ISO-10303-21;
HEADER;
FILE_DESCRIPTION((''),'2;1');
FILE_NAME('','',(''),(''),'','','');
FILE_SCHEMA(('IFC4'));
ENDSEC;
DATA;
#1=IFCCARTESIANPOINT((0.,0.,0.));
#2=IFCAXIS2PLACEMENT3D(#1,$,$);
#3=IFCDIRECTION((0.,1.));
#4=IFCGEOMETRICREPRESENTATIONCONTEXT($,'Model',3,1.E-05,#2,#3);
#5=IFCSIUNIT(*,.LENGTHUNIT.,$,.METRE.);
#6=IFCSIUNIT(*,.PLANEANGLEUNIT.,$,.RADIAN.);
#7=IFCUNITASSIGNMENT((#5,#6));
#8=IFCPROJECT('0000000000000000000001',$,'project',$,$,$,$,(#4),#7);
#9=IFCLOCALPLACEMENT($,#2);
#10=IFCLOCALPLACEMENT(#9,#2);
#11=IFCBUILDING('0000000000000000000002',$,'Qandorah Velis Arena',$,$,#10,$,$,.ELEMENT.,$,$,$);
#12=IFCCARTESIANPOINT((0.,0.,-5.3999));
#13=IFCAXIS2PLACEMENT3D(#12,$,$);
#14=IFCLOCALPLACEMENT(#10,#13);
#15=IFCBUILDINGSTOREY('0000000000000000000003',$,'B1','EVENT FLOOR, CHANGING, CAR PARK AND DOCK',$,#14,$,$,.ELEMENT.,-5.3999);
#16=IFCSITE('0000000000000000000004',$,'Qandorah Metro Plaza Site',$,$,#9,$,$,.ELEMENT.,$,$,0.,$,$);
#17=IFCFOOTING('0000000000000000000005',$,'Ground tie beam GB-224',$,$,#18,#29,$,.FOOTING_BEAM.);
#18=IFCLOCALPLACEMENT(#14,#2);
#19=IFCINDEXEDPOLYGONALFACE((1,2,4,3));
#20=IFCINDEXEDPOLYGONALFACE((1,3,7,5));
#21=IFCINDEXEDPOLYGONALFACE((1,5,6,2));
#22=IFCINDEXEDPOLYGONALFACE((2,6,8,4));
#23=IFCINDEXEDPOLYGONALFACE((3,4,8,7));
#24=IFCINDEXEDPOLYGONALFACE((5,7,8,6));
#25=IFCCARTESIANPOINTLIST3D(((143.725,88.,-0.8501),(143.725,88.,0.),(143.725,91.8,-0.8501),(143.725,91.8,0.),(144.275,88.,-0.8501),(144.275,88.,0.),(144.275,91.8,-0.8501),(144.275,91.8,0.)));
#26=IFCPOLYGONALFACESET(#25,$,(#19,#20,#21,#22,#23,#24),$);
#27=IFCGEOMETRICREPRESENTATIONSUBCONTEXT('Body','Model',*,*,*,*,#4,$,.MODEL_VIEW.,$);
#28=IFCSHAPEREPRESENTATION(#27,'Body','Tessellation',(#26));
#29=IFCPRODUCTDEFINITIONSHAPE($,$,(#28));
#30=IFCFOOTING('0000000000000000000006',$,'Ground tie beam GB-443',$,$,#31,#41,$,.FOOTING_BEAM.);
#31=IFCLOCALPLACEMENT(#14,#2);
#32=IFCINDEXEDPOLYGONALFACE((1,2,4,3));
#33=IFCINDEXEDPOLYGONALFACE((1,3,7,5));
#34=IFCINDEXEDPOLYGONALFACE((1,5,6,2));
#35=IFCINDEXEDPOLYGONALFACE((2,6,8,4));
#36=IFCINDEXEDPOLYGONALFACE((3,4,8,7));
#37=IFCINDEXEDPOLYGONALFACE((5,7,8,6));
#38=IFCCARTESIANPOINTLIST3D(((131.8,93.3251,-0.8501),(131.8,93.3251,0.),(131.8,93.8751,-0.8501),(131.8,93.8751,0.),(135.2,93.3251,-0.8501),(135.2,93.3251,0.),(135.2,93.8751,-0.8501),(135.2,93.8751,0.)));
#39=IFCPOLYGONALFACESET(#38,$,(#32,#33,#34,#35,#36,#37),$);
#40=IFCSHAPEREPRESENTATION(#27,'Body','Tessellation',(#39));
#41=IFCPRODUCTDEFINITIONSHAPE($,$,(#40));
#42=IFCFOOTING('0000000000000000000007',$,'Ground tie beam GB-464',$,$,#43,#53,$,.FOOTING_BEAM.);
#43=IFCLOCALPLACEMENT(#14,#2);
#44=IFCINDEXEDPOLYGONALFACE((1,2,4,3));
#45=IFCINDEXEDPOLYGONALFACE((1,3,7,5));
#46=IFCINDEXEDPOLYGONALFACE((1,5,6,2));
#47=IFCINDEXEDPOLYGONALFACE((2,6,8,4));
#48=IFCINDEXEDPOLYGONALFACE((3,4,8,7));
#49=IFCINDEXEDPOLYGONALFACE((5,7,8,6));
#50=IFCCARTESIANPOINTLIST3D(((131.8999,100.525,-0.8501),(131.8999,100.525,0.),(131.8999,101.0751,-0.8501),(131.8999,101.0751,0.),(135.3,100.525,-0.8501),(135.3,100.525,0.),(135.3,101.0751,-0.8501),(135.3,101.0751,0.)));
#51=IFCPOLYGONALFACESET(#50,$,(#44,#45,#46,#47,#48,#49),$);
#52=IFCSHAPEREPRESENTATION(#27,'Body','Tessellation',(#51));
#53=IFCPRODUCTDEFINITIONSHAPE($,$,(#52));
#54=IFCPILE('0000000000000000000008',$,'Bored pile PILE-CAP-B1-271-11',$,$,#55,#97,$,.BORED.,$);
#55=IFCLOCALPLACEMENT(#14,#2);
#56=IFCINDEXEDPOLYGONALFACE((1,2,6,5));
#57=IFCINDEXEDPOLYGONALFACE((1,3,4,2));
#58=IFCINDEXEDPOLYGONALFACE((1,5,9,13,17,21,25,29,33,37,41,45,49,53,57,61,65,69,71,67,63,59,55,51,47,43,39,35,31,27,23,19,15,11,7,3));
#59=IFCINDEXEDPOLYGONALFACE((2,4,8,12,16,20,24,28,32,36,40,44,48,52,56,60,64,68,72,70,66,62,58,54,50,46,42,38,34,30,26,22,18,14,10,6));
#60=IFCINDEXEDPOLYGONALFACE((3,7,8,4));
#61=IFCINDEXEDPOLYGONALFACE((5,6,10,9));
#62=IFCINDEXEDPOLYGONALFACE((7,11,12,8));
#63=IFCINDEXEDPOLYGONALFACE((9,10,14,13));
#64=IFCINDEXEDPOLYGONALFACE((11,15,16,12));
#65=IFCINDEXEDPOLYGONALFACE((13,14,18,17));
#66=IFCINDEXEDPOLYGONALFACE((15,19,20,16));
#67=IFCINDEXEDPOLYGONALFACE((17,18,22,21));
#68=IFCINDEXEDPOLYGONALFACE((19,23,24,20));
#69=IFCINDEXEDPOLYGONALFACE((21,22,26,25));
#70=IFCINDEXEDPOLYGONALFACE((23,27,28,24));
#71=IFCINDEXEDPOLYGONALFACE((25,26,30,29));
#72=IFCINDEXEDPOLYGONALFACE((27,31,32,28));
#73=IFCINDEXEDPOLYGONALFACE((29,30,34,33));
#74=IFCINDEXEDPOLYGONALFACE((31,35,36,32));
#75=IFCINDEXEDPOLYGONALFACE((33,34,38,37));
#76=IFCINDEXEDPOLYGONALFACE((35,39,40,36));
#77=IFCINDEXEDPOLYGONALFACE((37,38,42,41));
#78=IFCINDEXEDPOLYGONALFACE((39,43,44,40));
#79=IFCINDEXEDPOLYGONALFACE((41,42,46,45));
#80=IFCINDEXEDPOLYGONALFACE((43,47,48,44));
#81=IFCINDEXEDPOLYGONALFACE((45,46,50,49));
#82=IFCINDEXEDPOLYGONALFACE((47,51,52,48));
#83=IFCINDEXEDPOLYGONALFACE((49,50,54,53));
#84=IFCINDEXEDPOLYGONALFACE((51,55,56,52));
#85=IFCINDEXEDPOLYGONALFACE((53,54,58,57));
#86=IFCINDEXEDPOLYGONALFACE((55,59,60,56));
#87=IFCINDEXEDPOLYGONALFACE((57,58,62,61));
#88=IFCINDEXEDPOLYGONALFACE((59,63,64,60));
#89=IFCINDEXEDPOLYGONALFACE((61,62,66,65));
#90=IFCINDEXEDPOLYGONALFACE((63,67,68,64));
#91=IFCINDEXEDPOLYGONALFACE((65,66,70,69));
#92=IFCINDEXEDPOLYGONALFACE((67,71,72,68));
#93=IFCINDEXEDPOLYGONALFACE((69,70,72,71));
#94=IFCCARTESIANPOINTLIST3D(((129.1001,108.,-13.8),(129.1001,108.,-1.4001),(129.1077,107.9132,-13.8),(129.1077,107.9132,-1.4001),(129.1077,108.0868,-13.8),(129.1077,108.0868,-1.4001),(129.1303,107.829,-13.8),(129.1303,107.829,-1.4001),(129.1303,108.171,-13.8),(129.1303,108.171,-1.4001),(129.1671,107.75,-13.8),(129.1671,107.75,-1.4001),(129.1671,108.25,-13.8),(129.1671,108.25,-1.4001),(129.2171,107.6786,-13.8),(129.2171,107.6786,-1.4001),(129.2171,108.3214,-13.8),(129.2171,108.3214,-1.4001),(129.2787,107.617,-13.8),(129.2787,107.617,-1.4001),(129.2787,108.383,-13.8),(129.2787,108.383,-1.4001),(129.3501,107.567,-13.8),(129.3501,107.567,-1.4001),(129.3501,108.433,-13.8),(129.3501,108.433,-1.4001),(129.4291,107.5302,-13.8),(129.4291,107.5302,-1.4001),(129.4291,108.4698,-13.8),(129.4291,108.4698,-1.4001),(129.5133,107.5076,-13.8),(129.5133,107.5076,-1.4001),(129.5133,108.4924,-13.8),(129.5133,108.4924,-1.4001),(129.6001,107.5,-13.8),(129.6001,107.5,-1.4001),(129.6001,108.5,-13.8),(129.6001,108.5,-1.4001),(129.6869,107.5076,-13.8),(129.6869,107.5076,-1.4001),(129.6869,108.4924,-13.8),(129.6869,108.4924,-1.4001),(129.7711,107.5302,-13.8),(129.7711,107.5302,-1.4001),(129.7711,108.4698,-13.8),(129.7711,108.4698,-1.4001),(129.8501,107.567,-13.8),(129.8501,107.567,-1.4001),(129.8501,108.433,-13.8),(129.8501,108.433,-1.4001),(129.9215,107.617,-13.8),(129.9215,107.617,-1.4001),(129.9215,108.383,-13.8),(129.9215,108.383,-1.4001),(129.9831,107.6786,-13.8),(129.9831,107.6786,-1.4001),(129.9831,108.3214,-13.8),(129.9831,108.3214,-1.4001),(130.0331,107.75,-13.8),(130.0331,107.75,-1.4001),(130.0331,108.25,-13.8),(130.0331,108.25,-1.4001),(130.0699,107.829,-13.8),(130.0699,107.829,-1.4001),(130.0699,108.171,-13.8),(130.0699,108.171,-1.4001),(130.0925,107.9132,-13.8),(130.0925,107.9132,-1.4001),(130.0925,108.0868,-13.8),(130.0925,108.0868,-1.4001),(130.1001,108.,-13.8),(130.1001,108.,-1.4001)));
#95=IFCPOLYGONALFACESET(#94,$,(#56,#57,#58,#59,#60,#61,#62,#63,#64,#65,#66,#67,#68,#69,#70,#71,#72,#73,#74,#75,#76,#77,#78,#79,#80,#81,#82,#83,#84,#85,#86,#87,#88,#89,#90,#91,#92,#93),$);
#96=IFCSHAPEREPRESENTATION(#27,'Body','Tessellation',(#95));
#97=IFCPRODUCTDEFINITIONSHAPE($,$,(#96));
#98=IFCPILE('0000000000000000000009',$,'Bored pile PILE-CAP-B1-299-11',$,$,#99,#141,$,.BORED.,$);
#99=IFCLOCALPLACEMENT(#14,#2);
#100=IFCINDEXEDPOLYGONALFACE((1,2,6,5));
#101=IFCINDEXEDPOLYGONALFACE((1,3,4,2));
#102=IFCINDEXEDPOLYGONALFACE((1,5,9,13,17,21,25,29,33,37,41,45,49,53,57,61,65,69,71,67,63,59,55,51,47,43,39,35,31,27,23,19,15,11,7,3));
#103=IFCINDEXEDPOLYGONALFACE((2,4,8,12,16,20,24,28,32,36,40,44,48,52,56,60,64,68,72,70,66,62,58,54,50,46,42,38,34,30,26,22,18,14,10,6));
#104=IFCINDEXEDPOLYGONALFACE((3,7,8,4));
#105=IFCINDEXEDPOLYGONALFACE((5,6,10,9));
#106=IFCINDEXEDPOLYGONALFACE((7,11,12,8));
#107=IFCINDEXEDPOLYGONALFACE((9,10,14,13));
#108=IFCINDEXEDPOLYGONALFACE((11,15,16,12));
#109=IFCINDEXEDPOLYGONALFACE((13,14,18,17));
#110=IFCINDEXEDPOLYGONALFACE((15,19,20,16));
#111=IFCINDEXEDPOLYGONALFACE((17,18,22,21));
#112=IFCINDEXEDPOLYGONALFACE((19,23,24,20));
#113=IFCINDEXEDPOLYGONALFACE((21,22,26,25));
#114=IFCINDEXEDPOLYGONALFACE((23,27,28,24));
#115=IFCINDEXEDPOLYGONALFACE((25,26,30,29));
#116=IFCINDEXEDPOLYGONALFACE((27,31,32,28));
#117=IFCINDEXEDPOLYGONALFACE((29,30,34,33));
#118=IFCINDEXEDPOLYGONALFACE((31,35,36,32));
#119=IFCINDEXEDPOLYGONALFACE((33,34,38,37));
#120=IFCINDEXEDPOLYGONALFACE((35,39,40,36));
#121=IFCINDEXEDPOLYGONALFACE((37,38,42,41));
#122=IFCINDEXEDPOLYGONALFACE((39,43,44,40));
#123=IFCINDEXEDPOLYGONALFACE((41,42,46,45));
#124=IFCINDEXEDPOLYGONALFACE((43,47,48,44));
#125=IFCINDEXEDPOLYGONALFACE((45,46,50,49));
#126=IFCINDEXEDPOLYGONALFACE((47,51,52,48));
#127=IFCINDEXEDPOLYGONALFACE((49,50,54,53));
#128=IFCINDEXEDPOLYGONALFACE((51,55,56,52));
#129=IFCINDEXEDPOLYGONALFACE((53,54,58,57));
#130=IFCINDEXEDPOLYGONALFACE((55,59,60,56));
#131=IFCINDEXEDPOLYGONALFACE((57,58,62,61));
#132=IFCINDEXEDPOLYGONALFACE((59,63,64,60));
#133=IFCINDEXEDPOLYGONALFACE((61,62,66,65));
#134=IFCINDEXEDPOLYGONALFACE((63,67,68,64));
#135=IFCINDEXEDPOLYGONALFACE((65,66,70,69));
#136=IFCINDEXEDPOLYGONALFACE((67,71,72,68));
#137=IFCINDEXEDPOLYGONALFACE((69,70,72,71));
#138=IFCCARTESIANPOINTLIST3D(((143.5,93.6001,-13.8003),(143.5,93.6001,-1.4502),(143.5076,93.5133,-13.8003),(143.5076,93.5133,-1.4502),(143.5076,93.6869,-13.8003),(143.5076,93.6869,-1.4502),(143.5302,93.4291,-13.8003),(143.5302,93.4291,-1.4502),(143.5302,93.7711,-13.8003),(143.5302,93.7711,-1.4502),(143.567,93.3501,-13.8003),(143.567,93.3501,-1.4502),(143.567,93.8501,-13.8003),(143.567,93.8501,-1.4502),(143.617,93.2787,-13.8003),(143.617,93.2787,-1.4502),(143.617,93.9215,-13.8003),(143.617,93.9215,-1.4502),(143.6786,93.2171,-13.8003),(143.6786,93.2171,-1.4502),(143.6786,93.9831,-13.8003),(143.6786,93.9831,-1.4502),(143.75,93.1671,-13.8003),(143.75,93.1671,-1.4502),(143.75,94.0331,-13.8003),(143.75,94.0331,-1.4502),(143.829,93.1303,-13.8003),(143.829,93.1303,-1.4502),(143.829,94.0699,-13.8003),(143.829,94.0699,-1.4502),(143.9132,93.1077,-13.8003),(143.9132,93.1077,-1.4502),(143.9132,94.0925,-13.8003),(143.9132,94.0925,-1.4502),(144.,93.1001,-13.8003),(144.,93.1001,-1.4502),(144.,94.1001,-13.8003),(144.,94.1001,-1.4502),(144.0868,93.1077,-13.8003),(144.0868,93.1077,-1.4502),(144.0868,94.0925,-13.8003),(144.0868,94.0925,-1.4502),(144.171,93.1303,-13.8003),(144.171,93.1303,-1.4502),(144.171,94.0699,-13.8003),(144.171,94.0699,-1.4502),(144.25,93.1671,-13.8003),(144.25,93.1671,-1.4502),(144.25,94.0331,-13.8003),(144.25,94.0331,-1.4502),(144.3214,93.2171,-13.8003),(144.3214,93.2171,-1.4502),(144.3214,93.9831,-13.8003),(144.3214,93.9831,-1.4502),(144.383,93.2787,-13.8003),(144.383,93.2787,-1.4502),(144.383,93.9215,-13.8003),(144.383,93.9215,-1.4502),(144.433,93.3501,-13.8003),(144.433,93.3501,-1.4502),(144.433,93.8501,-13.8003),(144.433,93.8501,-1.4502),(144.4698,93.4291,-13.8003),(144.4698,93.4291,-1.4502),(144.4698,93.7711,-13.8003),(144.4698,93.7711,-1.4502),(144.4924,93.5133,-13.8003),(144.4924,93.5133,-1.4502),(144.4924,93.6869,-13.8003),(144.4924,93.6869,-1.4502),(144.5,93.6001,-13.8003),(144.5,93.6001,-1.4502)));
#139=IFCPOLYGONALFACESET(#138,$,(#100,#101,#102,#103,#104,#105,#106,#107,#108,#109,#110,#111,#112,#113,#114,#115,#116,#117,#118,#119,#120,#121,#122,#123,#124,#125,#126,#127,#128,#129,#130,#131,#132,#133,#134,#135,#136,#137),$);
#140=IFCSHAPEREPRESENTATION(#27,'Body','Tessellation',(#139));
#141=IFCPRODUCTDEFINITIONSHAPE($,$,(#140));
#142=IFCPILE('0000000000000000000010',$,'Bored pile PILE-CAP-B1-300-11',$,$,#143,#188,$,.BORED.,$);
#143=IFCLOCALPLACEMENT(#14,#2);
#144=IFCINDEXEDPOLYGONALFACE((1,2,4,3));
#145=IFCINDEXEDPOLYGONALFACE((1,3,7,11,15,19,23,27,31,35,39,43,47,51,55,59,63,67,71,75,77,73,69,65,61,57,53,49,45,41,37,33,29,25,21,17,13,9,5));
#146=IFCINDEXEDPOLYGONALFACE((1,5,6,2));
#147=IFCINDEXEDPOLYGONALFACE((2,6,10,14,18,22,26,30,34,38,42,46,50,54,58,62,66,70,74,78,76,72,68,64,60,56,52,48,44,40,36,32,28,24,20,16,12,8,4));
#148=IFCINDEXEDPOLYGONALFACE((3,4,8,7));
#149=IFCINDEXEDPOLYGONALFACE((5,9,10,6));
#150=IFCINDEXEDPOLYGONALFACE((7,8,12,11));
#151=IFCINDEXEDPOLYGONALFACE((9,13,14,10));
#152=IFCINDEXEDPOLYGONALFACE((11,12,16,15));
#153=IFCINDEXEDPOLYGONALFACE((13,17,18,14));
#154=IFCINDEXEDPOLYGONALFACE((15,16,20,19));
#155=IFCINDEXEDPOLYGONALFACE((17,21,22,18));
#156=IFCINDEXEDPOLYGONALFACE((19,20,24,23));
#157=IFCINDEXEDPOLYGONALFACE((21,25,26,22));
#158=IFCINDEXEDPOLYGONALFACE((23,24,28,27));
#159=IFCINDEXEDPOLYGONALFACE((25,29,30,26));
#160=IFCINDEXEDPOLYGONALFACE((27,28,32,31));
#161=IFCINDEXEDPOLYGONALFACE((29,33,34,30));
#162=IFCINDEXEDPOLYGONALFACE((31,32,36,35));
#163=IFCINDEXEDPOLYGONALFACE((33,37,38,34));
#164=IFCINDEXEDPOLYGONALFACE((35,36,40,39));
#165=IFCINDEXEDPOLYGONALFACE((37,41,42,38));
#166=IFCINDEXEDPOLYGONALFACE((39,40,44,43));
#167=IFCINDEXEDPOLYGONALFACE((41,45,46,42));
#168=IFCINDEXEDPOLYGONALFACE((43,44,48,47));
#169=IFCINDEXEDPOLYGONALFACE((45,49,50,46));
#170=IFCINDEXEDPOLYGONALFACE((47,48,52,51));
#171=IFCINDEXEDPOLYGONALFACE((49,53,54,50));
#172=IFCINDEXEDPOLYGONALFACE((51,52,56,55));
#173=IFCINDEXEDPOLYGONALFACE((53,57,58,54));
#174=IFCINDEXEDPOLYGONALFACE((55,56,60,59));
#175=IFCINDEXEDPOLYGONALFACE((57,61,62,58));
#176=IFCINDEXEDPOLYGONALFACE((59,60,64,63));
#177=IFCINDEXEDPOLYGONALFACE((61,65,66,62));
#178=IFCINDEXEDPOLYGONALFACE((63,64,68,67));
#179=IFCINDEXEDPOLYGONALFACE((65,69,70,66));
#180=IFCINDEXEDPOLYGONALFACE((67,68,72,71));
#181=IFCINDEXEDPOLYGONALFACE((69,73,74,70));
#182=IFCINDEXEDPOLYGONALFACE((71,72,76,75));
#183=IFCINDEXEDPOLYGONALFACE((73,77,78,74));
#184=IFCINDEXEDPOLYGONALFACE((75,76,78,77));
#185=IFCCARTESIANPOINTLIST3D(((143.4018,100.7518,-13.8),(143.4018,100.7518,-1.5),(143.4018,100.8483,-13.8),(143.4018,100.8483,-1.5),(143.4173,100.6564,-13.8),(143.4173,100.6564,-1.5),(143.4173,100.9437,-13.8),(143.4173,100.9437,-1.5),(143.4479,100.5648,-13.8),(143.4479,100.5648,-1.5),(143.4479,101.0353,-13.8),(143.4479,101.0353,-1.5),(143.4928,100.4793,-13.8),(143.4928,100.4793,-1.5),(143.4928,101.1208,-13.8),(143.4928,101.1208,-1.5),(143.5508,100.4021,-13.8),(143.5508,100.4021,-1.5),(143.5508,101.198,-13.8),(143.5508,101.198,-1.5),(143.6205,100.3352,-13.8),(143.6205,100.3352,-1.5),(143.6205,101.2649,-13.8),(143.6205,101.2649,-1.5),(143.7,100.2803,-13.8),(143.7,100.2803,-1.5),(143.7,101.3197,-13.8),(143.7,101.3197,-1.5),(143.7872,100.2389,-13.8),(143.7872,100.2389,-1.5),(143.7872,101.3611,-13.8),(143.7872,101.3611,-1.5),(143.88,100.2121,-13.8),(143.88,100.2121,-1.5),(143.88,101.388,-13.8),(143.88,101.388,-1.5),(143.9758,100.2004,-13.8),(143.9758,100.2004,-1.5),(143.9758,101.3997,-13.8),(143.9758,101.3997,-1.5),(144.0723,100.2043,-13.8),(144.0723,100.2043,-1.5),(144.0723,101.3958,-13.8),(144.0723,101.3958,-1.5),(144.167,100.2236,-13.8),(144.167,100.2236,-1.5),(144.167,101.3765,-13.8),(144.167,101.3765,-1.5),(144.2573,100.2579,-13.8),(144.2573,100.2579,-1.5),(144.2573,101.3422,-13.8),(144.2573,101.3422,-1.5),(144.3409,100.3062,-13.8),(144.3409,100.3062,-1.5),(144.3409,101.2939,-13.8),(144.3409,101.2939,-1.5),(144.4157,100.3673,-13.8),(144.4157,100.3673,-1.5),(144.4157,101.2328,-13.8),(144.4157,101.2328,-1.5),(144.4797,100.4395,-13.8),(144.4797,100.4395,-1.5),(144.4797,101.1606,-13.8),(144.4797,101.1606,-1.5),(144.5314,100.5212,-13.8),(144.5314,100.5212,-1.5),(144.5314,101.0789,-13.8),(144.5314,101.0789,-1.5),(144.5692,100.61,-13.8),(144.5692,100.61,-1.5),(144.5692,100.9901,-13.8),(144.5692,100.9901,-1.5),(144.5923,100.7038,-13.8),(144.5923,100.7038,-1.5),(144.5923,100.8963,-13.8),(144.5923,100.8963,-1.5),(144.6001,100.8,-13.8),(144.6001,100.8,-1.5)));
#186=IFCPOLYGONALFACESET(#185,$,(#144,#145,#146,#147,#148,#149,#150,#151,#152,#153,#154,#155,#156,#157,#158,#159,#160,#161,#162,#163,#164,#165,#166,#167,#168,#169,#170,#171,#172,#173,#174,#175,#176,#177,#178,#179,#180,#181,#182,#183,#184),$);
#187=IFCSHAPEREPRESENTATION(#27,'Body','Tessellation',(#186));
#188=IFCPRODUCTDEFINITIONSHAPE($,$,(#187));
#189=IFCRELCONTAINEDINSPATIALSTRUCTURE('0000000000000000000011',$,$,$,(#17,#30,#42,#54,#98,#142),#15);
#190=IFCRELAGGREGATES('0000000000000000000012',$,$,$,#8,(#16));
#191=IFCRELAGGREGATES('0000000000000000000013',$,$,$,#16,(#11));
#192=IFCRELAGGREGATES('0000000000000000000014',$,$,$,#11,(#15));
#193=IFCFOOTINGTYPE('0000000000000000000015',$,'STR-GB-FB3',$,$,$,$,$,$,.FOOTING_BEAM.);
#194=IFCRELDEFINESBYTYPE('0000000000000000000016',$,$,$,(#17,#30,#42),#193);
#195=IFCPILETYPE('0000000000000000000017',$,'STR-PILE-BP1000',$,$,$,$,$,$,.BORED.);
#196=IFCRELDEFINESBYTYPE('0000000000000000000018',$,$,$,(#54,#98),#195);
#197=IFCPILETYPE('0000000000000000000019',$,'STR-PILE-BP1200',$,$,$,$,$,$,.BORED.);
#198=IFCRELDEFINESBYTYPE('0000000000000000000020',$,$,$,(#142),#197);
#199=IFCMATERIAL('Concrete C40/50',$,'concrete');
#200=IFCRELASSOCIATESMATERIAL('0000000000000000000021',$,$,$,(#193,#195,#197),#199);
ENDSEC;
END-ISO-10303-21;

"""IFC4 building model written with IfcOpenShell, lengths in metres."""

from ifc_helpers import new_model, si_unit, direction, frame, origin, origin_2d, place, context, subcontext, project, spatial, rectangle, circle, extrude, material, material_profile, profile_set, type_object, element, save


model = new_model("IFC4")

# Units and contexts
model_context = context("Model", 3, precision=1e-05, world=origin(), true_north=direction((0.0, 1.0)))
body_context = subcontext(model_context, "Body", "Model", "MODEL_VIEW")
ifc_project = project(units=[si_unit("LENGTHUNIT", "METRE"), si_unit("PLANEANGLEUNIT", "RADIAN")], contexts=[model_context])

# Site, building, storey
site_placement = place(None, origin())
site = spatial("IfcSite", under=ifc_project, at=site_placement, Name="Qandorah Metro Plaza Site", CompositionType="ELEMENT", RefElevation=0.0)
building_placement = place(site_placement, origin())
building = spatial("IfcBuilding", under=site, at=building_placement, Name="Qandorah Velis Arena", CompositionType="ELEMENT")
storey_placement = place(building_placement, frame((0.0, 0.0, -5.3999)))
storey = spatial("IfcBuildingStorey", under=building, at=storey_placement, Name="B1", Description="EVENT FLOOR, CHANGING, CAR PARK AND DOCK", CompositionType="ELEMENT", Elevation=-5.3999)

# Footings
ifc_material_1 = material(Name="Concrete C40/50", Category="concrete")
ifc_material_profile_1 = material_profile(ifc_material_1, rectangle(XDim=0.55, YDim=0.8501, at=origin_2d()), Name="GB3 550x850")
ifc_profile_set_1 = profile_set([ifc_material_profile_1], Name="Concrete C40/50")
footing_type_1 = type_object("IfcFootingType", Name="STR-GB-FB3", PredefinedType="FOOTING_BEAM", material=ifc_profile_set_1)
footing_1_placement = place(storey_placement, frame((144.0, 88.0, -0.425), z_axis=(0.0, 1.0, 0.0), x_axis=(-1.0, 0.0, 0.0)))
element("IfcFooting", 1, at=footing_1_placement, inside=storey, type_object=footing_type_1, Name="Ground tie beam GB-224", PredefinedType="FOOTING_BEAM", context=body_context, shape_type="SweptSolid", body=[
    extrude(rectangle(XDim=0.55, YDim=0.8501, at=origin_2d()), origin(), (0.0, 0.0, 1.0), 3.8),
])
footing_2_placement = place(storey_placement, frame((131.8, 93.6001, -0.425), z_axis=(1.0, 0.0, 0.0), x_axis=(0.0, 1.0, 0.0)))
element("IfcFooting", 2, at=footing_2_placement, inside=storey, type_object=footing_type_1, Name="Ground tie beam GB-443", PredefinedType="FOOTING_BEAM", context=body_context, shape_type="SweptSolid", body=[
    extrude(rectangle(XDim=0.55, YDim=0.8501, at=origin_2d()), origin(), (0.0, 0.0, 1.0), 3.3999),
])
footing_3_placement = place(storey_placement, frame((131.8999, 100.8, -0.425), z_axis=(1.0, 0.0, 0.0), x_axis=(0.0, 1.0, 0.0)))
element("IfcFooting", 3, at=footing_3_placement, inside=storey, type_object=footing_type_1, Name="Ground tie beam GB-464", PredefinedType="FOOTING_BEAM", context=body_context, shape_type="SweptSolid", body=[
    extrude(rectangle(XDim=0.55, YDim=0.8501, at=origin_2d()), origin(), (0.0, 0.0, 1.0), 3.4001),
])

# Piles
ifc_material_profile_2 = material_profile(ifc_material_1, circle(Radius=0.5, at=origin_2d()), Name="BORED PILE D1000")
ifc_profile_set_2 = profile_set([ifc_material_profile_2], Name="Concrete C40/50")
pile_type_1 = type_object("IfcPileType", Name="STR-PILE-BP1000", PredefinedType="BORED", material=ifc_profile_set_2)
pile_1_placement = place(storey_placement, frame((129.6001, 108.0, -1.4001), z_axis=(0.0, 0.0, -1.0), x_axis=(1.0, 0.0, 0.0)))
element("IfcPile", 4, at=pile_1_placement, inside=storey, type_object=pile_type_1, Name="Bored pile PILE-CAP-B1-271-11", PredefinedType="BORED", context=body_context, shape_type="SweptSolid", body=[
    extrude(circle(Radius=0.5, at=origin_2d()), origin(), (0.0, 0.0, 1.0), 12.3999),
])
pile_2_placement = place(storey_placement, frame((144.0, 93.6001, -1.4502), z_axis=(0.0, 0.0, -1.0), x_axis=(1.0, 0.0, 0.0)))
element("IfcPile", 5, at=pile_2_placement, inside=storey, type_object=pile_type_1, Name="Bored pile PILE-CAP-B1-299-11", PredefinedType="BORED", context=body_context, shape_type="SweptSolid", body=[
    extrude(circle(Radius=0.5, at=origin_2d()), origin(), (0.0, 0.0, 1.0), 12.3501),
])
ifc_material_profile_3 = material_profile(ifc_material_1, circle(Radius=0.6001, at=origin_2d()), Name="BORED PILE D1200")
ifc_profile_set_3 = profile_set([ifc_material_profile_3], Name="Concrete C40/50")
pile_type_2 = type_object("IfcPileType", Name="STR-PILE-BP1200", PredefinedType="BORED", material=ifc_profile_set_3)
pile_3_placement = place(storey_placement, frame((144.0, 100.8, -1.5), z_axis=(0.0, 0.0, -1.0), x_axis=(1.0, 0.0, 0.0)))
element("IfcPile", 6, at=pile_3_placement, inside=storey, type_object=pile_type_2, Name="Bored pile PILE-CAP-B1-300-11", PredefinedType="BORED", context=body_context, shape_type="SweptSolid", body=[
    extrude(circle(Radius=0.6001, at=origin_2d()), origin(), (0.0, 0.0, 1.0), 12.3),
])

save(model, "model.ifc")
